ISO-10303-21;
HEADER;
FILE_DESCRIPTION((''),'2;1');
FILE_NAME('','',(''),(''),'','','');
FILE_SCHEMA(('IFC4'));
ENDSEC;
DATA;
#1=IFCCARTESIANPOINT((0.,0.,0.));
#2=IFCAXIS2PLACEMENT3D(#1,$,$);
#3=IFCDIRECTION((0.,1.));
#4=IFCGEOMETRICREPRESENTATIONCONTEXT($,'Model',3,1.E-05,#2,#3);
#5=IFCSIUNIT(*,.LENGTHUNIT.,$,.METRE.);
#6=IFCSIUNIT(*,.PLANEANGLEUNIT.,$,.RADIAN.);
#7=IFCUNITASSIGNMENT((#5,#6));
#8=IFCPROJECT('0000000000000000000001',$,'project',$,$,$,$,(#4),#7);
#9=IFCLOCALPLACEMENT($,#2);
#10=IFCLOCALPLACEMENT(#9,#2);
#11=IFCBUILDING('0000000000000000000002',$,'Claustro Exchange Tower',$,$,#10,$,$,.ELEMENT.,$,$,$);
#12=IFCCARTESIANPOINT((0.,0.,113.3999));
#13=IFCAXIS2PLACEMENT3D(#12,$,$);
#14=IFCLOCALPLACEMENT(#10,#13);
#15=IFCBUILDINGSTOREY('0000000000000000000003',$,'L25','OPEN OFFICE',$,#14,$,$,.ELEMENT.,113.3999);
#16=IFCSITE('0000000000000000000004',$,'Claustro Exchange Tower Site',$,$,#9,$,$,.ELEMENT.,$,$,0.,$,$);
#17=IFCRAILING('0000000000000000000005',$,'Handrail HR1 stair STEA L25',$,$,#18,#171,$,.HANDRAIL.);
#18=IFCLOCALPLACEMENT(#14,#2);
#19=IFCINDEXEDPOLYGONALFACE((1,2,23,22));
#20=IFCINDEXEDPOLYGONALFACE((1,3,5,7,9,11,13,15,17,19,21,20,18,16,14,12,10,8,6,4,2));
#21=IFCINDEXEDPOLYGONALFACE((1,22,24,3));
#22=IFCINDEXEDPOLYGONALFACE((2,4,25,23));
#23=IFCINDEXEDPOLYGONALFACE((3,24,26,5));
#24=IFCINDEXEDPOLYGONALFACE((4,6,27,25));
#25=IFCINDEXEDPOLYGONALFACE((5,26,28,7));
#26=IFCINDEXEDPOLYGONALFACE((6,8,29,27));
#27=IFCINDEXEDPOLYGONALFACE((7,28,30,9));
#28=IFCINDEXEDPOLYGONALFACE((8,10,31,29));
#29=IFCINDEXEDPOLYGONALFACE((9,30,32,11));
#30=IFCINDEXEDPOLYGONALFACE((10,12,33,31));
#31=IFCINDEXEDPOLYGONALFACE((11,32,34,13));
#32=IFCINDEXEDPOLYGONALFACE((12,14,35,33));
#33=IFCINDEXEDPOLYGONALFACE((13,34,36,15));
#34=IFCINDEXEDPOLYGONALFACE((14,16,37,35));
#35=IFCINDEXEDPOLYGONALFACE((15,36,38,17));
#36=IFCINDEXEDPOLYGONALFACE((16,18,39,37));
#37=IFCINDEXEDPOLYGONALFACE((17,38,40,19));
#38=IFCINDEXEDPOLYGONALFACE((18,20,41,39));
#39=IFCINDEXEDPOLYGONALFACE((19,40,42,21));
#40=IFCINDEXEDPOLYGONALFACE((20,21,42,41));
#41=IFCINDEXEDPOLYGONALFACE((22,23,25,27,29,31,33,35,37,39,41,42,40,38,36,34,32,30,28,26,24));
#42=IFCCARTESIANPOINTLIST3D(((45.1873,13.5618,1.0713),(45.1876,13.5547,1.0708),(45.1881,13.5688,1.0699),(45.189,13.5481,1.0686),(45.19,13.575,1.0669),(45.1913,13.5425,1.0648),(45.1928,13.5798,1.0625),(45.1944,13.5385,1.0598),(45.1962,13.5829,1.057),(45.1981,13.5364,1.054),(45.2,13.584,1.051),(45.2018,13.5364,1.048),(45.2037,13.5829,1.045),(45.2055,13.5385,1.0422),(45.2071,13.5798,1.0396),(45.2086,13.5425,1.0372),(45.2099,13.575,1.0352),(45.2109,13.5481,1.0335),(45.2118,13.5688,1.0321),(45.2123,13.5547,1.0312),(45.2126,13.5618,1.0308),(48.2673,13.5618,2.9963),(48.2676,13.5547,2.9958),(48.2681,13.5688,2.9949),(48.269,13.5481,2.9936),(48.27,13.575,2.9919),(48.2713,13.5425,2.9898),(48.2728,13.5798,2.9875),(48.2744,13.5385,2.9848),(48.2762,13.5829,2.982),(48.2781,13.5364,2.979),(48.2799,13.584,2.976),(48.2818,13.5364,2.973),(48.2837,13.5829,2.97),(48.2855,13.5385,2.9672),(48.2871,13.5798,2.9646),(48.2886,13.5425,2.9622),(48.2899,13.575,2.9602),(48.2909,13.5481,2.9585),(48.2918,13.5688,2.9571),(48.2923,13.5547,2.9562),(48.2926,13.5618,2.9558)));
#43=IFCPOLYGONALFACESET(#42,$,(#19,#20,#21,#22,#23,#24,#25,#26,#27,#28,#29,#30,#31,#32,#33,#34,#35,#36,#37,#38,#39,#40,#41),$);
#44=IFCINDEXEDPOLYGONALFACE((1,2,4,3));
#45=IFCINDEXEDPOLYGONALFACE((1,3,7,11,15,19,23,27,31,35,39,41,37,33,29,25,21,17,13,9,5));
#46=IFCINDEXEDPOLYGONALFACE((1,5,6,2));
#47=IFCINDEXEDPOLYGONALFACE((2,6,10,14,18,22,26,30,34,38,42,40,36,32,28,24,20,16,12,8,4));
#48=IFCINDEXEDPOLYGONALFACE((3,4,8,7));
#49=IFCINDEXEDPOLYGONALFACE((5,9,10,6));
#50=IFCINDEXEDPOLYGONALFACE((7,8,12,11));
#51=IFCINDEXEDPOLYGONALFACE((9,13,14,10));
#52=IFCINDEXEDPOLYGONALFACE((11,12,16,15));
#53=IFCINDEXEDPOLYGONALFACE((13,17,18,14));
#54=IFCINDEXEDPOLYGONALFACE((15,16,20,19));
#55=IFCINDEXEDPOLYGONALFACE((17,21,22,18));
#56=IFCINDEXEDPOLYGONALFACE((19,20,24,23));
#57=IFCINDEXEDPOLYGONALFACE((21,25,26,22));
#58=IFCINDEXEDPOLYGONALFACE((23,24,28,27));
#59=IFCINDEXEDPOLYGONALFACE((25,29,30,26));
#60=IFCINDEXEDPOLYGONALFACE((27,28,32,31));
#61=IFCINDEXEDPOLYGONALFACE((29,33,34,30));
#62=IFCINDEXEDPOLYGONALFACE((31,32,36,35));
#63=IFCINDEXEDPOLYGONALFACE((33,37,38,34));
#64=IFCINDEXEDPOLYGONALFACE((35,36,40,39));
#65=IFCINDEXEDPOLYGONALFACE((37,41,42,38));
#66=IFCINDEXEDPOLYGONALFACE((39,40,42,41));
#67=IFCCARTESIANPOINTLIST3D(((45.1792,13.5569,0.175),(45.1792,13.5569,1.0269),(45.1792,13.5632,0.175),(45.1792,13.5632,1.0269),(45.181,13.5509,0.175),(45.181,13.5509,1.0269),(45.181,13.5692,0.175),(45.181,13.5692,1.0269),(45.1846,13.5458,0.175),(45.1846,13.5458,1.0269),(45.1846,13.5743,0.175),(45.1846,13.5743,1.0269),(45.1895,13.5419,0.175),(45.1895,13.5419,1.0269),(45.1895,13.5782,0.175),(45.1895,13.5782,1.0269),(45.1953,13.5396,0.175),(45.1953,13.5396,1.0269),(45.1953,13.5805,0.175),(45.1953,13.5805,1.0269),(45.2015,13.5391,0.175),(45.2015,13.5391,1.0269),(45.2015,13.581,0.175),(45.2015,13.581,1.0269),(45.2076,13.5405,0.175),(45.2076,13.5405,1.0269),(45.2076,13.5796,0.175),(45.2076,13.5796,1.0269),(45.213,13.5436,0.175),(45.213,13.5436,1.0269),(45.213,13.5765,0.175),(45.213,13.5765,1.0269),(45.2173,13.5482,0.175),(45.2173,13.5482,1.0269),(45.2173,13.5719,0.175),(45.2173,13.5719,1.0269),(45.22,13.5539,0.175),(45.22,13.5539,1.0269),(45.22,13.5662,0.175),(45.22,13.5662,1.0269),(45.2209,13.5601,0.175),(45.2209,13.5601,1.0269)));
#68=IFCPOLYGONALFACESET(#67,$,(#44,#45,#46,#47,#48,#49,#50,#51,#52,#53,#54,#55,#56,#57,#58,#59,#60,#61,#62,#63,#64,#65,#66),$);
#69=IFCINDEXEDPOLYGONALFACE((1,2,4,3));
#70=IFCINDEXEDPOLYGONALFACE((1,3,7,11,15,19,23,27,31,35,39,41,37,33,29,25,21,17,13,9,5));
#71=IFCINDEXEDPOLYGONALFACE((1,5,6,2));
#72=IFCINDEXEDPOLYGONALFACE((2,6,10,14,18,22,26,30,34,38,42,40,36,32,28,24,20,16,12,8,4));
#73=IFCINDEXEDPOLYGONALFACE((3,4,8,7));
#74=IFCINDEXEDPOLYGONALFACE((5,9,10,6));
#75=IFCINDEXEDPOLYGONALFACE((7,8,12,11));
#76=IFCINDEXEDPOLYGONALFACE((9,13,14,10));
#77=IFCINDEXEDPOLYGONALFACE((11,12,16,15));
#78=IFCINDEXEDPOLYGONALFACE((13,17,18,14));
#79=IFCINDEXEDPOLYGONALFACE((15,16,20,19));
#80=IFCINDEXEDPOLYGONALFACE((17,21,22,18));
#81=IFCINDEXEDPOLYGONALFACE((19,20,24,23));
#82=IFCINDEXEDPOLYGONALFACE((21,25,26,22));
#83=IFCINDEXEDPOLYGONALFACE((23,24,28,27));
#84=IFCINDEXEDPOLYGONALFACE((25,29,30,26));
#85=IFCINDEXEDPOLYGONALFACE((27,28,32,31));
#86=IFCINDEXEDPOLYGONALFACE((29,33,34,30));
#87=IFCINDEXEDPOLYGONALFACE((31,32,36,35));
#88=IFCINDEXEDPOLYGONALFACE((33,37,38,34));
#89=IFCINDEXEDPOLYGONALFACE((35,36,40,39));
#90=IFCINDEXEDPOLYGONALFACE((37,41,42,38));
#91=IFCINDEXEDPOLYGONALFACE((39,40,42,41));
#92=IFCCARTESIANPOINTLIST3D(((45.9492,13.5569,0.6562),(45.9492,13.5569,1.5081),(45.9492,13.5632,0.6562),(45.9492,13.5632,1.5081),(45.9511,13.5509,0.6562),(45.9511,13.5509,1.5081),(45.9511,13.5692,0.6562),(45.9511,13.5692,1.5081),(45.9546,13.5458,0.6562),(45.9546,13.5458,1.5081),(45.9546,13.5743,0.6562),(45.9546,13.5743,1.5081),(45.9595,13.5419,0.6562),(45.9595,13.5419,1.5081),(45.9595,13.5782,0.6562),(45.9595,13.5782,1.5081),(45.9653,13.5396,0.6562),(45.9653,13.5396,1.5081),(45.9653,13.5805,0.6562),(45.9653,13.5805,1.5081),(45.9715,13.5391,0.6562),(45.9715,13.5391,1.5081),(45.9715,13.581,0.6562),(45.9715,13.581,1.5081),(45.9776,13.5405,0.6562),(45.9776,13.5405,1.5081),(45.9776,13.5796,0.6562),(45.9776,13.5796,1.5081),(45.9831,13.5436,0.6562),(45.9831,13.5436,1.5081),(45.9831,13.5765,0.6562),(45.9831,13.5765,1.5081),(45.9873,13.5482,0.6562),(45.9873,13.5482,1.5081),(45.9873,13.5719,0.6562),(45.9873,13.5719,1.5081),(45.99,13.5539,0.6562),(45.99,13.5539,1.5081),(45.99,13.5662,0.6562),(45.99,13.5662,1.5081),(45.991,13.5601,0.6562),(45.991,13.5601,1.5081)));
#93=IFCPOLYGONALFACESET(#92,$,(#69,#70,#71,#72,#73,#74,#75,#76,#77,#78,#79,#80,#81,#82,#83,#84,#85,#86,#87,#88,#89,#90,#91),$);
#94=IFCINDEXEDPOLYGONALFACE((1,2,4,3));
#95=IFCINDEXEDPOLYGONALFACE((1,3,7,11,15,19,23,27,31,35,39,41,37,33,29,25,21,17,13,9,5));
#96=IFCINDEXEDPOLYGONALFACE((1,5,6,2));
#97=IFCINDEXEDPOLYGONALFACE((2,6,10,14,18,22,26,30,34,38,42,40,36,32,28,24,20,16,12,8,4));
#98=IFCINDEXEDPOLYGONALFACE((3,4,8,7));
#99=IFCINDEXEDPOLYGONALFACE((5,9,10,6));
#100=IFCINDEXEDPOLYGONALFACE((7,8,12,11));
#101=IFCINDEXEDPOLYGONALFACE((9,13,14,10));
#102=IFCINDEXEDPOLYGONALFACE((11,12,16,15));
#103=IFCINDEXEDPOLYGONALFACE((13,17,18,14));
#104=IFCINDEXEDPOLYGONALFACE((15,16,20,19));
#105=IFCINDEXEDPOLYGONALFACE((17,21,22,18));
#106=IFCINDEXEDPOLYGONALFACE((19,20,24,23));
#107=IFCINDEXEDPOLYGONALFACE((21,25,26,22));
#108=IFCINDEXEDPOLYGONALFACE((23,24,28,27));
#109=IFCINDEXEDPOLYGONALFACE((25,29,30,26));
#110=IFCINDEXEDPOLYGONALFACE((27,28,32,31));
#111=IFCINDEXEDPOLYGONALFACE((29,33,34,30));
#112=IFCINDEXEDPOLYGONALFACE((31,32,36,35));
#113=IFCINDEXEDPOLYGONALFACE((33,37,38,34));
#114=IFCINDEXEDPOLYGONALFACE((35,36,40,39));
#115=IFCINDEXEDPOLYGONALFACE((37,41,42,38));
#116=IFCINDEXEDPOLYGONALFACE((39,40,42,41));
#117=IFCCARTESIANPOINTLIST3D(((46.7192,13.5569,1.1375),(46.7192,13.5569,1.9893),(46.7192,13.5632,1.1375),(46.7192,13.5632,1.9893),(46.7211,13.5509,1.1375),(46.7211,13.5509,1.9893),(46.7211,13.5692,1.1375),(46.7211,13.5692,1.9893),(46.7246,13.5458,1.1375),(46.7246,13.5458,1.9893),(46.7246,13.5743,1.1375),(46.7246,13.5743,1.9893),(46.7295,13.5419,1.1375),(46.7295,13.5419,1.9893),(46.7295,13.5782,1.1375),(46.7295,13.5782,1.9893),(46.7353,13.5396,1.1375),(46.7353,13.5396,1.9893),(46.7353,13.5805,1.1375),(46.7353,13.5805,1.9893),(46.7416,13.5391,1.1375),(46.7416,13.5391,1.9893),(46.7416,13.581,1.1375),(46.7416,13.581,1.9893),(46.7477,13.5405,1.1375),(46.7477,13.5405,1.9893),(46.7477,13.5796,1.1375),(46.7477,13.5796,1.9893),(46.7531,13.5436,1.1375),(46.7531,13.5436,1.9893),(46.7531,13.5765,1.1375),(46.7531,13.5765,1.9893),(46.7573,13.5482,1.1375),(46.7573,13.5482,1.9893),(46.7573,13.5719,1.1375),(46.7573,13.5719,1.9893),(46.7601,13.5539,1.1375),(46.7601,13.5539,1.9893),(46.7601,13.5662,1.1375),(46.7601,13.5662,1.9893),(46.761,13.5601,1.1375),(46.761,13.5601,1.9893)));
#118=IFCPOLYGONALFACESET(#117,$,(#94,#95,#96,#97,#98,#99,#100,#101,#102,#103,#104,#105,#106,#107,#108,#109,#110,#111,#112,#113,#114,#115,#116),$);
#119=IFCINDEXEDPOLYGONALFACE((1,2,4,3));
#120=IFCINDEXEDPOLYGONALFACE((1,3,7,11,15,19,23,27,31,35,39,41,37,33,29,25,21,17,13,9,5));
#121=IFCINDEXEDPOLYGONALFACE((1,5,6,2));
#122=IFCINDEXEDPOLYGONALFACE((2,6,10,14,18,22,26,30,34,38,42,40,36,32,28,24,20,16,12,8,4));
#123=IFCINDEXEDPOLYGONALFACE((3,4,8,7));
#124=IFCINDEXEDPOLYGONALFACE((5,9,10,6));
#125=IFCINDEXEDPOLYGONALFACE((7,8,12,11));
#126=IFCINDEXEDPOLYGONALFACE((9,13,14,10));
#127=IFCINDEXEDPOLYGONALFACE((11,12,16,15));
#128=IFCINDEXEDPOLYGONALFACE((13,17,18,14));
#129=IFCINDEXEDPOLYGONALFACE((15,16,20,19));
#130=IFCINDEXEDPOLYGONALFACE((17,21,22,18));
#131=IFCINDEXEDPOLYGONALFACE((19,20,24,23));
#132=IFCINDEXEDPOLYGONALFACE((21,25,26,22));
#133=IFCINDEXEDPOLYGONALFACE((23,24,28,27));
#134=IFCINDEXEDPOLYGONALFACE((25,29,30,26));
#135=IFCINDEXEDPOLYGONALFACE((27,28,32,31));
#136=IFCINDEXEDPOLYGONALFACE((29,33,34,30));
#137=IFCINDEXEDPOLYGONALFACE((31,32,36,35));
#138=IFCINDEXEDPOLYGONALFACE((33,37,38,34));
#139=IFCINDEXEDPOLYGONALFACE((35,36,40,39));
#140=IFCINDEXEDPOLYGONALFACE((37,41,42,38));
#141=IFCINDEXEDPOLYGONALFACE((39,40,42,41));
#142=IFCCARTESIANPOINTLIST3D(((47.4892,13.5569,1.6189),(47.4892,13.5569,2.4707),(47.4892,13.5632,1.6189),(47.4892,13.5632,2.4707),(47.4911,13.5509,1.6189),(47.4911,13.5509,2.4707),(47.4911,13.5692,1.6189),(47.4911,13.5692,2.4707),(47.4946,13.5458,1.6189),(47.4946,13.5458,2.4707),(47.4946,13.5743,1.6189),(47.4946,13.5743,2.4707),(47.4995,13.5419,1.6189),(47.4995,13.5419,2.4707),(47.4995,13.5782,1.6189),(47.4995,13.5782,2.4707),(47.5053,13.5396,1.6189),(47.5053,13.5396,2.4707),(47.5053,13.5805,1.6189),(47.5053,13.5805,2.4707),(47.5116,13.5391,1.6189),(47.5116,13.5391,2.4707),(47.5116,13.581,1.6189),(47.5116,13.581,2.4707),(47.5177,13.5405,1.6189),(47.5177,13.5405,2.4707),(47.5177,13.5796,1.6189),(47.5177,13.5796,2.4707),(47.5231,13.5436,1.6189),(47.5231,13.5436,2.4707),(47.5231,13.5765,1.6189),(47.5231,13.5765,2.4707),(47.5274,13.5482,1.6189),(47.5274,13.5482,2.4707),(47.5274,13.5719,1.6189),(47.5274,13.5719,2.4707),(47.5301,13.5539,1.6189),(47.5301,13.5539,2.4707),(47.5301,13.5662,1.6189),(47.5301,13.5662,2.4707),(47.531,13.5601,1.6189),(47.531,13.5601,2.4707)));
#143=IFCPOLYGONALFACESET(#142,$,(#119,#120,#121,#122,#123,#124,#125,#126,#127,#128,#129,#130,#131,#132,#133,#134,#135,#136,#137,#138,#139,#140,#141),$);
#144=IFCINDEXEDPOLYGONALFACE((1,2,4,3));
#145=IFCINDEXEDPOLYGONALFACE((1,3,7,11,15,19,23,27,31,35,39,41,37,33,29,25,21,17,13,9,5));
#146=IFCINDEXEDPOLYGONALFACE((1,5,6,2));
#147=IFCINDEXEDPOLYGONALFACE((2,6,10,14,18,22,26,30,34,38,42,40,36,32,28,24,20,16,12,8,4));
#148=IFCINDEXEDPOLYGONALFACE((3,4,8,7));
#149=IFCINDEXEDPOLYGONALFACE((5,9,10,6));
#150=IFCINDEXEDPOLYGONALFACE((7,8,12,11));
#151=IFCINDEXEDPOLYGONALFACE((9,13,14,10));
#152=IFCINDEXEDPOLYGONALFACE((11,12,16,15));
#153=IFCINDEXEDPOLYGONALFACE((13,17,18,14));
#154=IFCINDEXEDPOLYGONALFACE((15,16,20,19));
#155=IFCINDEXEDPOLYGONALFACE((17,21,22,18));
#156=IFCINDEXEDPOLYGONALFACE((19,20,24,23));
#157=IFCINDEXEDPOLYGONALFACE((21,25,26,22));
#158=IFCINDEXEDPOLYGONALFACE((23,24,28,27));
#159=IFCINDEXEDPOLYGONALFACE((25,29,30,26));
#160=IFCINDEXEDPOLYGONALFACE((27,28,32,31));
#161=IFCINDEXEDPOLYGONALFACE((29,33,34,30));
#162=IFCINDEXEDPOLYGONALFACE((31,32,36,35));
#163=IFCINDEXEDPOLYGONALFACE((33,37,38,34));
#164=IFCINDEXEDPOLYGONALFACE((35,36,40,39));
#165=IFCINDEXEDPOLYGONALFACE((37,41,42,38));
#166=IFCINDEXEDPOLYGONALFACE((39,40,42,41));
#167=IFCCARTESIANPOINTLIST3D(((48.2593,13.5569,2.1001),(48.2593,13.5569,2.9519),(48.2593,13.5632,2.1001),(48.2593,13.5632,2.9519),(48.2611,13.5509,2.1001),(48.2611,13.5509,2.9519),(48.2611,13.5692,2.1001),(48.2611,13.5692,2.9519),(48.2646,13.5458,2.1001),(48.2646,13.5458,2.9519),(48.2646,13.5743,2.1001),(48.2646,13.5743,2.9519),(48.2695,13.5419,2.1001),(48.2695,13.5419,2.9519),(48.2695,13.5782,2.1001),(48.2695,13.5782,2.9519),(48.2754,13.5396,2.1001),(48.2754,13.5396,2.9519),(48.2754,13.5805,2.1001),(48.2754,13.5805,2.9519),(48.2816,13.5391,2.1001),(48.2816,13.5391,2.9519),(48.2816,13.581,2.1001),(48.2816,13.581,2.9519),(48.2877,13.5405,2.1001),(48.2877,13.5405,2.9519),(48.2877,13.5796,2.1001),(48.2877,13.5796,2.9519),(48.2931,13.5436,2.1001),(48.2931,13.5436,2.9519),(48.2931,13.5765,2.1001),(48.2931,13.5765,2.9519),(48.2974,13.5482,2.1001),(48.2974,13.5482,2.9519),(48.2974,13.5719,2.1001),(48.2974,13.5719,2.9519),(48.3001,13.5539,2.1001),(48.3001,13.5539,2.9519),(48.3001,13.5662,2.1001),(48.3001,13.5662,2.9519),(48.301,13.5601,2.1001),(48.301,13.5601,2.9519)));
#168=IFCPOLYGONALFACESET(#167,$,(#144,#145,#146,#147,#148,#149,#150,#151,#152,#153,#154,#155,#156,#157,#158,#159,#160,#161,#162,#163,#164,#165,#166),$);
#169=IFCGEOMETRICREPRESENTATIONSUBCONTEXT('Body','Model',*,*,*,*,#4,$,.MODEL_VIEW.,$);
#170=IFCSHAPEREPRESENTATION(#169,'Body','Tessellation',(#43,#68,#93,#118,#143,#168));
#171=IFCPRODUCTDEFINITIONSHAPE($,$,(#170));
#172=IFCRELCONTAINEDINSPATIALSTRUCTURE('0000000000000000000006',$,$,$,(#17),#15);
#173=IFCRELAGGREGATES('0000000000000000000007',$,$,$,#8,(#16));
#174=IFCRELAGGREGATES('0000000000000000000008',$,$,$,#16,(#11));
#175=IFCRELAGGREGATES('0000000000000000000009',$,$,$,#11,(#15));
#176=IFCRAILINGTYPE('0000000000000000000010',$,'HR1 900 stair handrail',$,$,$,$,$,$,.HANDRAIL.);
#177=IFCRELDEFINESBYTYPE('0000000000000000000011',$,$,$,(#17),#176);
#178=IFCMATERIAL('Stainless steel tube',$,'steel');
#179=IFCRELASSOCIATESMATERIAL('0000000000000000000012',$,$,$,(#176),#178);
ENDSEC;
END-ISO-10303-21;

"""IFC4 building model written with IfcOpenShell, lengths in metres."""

from ifc_helpers import new_model, si_unit, direction, frame, origin, origin_2d, place, context, subcontext, project, spatial, circle, extrude, material, type_object, element, save


model = new_model("IFC4")

# Units and contexts
model_context = context("Model", 3, precision=1e-05, world=origin(), true_north=direction((0.0, 1.0)))
body_context = subcontext(model_context, "Body", "Model", "MODEL_VIEW")
ifc_project = project(units=[si_unit("LENGTHUNIT", "METRE"), si_unit("PLANEANGLEUNIT", "RADIAN")], contexts=[model_context])

# Site, building, storey
site_placement = place(None, origin())
site = spatial("IfcSite", under=ifc_project, at=site_placement, Name="Claustro Exchange Tower Site", CompositionType="ELEMENT", RefElevation=0.0)
building_placement = place(site_placement, origin())
building = spatial("IfcBuilding", under=site, at=building_placement, Name="Claustro Exchange Tower", CompositionType="ELEMENT")
storey_placement = place(building_placement, frame((0.0, 0.0, 113.3999)))
storey = spatial("IfcBuildingStorey", under=building, at=storey_placement, Name="L25", Description="OPEN OFFICE", CompositionType="ELEMENT", Elevation=113.3999)

# Railing
ifc_material_1 = material(Name="Stainless steel tube", Category="steel")
railing_type_1 = type_object("IfcRailingType", Name="HR1 900 stair handrail", PredefinedType="HANDRAIL", material=ifc_material_1)
railing_1_placement = place(storey_placement, frame((45.2, 13.5601, 0.175)))
element("IfcRailing", 1, at=railing_1_placement, inside=storey, type_object=railing_type_1, Name="Handrail HR1 stair STEA L25", PredefinedType="HANDRAIL", context=body_context, shape_type="SweptSolid", body=[
    extrude(circle(Radius=0.0239, at=origin_2d()), frame((0.0, 0.0, 0.876), z_axis=(0.847998, 0.0, 0.529999), x_axis=(0.0, 1.0, 0.0)), (0.0, 0.0, 1.0), 3.6321),
    extrude(circle(Radius=0.021, at=origin_2d()), origin(), (0.0, 0.0, 1.0), 0.8518),
    extrude(circle(Radius=0.021, at=origin_2d()), frame((0.77, 0.0, 0.4812)), (0.0, 0.0, 1.0), 0.8518),
    extrude(circle(Radius=0.021, at=origin_2d()), frame((1.54, 0.0, 0.9624)), (0.0, 0.0, 1.0), 0.8518),
    extrude(circle(Radius=0.021, at=origin_2d()), frame((2.3101, 0.0, 1.4438)), (0.0, 0.0, 1.0), 0.8518),
    extrude(circle(Radius=0.021, at=origin_2d()), frame((3.0801, 0.0, 1.925)), (0.0, 0.0, 1.0), 0.8518),
])

save(model, "model.ifc")
